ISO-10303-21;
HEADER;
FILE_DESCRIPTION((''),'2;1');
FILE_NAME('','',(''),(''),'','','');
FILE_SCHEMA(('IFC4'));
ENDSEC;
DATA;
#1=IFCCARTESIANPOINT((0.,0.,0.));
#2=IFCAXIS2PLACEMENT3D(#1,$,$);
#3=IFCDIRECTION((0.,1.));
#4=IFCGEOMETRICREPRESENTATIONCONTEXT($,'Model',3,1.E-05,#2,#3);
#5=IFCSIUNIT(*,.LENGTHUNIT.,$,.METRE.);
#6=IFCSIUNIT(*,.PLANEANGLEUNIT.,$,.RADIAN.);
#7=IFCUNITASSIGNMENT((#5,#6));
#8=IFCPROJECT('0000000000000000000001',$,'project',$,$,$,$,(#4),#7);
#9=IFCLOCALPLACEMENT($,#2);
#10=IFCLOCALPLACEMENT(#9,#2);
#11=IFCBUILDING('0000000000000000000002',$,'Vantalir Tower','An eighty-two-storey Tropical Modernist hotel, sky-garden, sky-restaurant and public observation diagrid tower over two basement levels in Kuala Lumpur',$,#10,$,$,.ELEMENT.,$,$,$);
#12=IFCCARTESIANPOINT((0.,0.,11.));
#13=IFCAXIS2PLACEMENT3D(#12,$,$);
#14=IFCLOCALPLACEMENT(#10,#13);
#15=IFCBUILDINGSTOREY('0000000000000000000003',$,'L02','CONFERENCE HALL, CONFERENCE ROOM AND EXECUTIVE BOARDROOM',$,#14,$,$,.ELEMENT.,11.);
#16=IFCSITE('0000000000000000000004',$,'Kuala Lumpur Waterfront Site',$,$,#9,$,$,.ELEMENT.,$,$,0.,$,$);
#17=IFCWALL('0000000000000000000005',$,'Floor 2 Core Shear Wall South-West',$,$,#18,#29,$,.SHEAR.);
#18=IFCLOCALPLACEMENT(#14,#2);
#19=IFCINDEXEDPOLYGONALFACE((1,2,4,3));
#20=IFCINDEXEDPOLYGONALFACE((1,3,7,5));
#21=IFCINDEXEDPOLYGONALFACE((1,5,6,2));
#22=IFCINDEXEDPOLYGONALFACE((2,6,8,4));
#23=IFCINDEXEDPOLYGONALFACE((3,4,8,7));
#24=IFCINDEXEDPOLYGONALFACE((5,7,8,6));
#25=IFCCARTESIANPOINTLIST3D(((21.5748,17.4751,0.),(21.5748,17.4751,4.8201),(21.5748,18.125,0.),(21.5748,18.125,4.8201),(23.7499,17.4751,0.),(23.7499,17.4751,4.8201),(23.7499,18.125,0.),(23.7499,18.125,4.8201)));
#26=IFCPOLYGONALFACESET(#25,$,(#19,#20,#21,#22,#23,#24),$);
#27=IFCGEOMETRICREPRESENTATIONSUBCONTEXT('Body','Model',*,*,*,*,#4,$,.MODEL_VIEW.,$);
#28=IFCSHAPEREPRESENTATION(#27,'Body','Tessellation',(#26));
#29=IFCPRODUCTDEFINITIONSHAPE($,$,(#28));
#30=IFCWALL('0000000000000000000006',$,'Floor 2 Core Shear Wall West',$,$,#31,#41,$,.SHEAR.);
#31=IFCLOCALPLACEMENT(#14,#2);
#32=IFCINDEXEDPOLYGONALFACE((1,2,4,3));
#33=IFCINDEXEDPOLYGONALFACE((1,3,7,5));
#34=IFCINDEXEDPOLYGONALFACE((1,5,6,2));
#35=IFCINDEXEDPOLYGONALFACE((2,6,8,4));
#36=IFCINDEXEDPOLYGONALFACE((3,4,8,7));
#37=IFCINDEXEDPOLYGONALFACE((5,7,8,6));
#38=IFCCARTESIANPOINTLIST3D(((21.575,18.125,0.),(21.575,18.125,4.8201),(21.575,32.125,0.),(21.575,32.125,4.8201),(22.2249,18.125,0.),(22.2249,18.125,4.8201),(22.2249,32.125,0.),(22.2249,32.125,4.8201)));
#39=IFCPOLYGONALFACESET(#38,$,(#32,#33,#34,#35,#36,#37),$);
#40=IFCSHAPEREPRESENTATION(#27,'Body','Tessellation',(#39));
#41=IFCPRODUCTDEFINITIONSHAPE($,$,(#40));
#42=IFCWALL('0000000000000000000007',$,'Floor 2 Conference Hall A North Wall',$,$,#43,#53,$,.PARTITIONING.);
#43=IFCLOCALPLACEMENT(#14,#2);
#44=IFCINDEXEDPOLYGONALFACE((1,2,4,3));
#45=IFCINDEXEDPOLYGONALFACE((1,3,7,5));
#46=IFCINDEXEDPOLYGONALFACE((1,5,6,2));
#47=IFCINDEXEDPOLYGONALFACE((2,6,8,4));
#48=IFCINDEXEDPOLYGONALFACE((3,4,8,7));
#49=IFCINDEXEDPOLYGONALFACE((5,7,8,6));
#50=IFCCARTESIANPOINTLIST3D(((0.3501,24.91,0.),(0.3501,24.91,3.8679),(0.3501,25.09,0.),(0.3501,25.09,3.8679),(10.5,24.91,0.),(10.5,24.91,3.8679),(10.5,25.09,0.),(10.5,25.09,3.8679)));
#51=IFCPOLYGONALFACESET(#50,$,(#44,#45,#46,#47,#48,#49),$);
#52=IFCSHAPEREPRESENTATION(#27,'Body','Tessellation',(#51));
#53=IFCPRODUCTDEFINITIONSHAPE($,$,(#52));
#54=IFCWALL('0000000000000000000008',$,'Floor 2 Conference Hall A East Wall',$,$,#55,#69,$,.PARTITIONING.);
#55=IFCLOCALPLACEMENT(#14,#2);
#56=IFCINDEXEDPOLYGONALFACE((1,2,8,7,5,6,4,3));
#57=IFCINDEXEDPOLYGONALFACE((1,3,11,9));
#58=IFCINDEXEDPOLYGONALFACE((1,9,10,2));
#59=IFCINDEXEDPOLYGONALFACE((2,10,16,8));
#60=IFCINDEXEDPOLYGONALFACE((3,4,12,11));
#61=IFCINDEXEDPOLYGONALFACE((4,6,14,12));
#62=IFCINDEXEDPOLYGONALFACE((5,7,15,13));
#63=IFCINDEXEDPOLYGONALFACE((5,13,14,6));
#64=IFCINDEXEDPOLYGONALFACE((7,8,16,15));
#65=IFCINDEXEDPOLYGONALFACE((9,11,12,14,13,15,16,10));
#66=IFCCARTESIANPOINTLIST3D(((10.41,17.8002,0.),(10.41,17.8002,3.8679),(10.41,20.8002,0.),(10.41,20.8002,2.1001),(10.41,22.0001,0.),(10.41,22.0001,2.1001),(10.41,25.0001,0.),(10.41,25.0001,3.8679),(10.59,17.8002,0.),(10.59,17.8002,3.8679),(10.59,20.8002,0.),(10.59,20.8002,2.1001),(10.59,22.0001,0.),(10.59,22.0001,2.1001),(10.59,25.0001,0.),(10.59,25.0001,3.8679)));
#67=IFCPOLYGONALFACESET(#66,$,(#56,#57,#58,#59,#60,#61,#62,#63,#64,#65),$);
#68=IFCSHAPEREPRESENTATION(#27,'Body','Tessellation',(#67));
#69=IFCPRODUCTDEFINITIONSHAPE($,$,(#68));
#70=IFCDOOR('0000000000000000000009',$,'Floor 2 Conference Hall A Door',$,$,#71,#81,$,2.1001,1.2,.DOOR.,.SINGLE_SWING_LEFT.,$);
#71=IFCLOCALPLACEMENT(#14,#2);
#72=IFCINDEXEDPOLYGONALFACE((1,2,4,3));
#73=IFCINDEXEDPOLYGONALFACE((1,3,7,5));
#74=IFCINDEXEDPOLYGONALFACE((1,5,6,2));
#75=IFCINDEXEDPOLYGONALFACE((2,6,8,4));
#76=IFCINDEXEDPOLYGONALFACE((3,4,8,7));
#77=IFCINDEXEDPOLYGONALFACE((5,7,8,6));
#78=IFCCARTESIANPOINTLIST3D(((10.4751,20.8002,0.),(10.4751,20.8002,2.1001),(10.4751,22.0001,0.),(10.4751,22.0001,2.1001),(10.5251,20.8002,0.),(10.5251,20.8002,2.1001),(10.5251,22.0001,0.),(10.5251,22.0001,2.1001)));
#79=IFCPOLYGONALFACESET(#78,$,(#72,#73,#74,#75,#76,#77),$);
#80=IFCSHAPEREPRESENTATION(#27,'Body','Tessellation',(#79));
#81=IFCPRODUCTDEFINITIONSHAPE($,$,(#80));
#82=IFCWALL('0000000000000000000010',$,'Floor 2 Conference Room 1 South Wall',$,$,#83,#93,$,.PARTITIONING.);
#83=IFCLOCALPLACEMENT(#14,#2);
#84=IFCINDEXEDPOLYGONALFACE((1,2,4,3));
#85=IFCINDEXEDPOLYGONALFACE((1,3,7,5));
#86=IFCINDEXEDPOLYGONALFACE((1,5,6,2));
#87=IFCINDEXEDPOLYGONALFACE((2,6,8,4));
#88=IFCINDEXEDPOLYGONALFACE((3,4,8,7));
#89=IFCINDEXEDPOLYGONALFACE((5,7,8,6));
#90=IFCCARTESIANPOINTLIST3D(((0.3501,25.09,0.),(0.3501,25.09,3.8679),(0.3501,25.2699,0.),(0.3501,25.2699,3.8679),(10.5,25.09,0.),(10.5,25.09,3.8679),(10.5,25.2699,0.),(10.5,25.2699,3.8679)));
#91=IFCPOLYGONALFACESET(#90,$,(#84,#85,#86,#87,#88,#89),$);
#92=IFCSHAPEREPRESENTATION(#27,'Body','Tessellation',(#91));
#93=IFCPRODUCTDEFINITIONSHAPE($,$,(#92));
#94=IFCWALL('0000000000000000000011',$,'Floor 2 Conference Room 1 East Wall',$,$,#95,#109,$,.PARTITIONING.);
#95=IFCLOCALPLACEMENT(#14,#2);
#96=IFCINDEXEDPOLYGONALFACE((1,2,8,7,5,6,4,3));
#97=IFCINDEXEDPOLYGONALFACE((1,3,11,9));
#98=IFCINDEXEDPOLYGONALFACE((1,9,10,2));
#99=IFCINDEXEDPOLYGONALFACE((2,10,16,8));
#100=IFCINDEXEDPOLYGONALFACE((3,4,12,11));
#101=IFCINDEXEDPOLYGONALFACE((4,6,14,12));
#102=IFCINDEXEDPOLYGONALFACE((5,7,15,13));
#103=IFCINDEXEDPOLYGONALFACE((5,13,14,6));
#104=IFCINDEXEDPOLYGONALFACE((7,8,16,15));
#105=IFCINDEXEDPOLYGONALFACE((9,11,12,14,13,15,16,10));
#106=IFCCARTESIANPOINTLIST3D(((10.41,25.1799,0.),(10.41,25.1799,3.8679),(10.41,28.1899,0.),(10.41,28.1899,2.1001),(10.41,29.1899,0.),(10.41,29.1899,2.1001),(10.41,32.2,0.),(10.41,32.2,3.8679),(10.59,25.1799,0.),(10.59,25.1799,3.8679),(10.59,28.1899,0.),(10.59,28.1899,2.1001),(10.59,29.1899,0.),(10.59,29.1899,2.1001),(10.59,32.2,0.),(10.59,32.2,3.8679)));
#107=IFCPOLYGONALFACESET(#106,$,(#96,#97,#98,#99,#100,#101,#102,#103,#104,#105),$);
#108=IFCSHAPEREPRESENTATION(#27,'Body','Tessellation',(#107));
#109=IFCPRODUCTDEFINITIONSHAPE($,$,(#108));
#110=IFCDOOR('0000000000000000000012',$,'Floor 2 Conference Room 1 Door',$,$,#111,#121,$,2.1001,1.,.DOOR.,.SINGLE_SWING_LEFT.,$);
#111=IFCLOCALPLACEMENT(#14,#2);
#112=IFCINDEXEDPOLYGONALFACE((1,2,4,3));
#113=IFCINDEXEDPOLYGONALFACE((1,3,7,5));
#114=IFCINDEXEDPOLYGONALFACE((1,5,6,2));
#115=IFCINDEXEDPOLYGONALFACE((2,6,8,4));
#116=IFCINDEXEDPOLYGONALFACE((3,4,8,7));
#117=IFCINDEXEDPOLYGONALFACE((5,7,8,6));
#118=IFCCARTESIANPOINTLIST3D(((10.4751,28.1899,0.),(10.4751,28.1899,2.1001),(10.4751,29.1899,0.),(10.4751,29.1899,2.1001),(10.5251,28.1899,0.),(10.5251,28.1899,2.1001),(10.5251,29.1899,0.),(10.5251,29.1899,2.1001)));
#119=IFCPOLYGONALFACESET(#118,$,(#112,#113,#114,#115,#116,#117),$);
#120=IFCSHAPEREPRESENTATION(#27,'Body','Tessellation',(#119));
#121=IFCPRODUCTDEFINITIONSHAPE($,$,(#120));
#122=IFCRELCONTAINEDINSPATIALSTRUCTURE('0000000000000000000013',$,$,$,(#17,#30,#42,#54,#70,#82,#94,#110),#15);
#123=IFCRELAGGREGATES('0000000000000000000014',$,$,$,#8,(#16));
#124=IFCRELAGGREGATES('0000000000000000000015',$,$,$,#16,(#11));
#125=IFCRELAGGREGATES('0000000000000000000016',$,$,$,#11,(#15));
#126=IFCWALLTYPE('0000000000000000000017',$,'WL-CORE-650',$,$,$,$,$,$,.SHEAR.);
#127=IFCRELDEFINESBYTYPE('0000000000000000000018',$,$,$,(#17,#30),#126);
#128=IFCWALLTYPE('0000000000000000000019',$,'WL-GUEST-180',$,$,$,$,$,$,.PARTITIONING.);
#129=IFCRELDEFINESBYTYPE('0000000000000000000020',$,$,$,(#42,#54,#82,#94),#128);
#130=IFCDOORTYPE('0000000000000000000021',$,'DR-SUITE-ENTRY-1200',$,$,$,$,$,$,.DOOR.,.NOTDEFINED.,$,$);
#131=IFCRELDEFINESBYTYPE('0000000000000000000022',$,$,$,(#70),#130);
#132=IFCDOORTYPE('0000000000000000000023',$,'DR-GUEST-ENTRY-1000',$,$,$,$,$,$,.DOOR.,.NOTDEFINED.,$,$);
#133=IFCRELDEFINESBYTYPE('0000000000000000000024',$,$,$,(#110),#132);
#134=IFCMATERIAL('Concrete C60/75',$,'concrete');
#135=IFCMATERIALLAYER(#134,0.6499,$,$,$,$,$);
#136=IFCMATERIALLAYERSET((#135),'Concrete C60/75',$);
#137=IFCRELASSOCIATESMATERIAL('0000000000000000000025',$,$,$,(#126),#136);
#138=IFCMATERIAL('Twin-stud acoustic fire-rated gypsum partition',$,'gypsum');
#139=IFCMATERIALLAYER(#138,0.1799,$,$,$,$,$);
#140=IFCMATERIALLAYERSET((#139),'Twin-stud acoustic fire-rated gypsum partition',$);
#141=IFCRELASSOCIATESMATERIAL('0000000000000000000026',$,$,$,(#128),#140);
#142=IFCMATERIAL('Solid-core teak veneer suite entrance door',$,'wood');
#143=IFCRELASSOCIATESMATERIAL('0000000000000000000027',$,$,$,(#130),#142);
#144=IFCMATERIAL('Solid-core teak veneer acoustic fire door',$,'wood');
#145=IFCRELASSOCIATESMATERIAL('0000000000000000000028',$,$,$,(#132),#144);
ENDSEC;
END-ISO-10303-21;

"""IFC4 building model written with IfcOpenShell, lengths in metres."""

from ifc_helpers import new_model, si_unit, direction, frame, frame_2d, origin, place, context, subcontext, project, spatial, rectangle, extrude, material, layer, layer_set, type_object, element, fill, save


model = new_model("IFC4")

# Units and contexts
model_context = context("Model", 3, precision=1e-05, world=origin(), true_north=direction((0.0, 1.0)))
body_context = subcontext(model_context, "Body", "Model", "MODEL_VIEW")
ifc_project = project(units=[si_unit("LENGTHUNIT", "METRE"), si_unit("PLANEANGLEUNIT", "RADIAN")], contexts=[model_context])

# Site, building, storey
site_placement = place(None, origin())
site = spatial("IfcSite", under=ifc_project, at=site_placement, Name="Kuala Lumpur Waterfront Site", CompositionType="ELEMENT", RefElevation=0.0)
building_placement = place(site_placement, origin())
building = spatial("IfcBuilding", under=site, at=building_placement, Name="Vantalir Tower", Description="An eighty-two-storey Tropical Modernist hotel, sky-garden, sky-restaurant and public observation diagrid tower over two basement levels in Kuala Lumpur", CompositionType="ELEMENT")
storey_placement = place(building_placement, frame((0.0, 0.0, 11.0)))
storey = spatial("IfcBuildingStorey", under=building, at=storey_placement, Name="L02", Description="CONFERENCE HALL, CONFERENCE ROOM AND EXECUTIVE BOARDROOM", CompositionType="ELEMENT", Elevation=11.0)

# Shared definitions
ifc_material_1 = material(Name="Concrete C60/75", Category="concrete")

# Walls
ifc_layer_1 = layer(ifc_material_1, 0.6499)
ifc_layer_set_1 = layer_set([ifc_layer_1], Name="Concrete C60/75")
wall_type_1 = type_object("IfcWallType", Name="WL-CORE-650", PredefinedType="SHEAR", material=ifc_layer_set_1)
wall_1_placement = place(storey_placement, frame((21.575, 17.8, 0.0), z_axis=(0.0, 0.0, 1.0), x_axis=(1.0, 0.0, 0.0)))
element("IfcWall", 1, at=wall_1_placement, inside=storey, type_object=wall_type_1, Name="Floor 2 Core Shear Wall South-West", PredefinedType="SHEAR", context=body_context, shape_type="SweptSolid", body=[
    extrude(rectangle(XDim=2.175, YDim=0.6499, at=frame_2d((1.0874, 0.0))), origin(), (0.0, 0.0, 1.0), 4.8201),
])
wall_2_placement = place(storey_placement, frame((21.8999, 18.125, 0.0), z_axis=(0.0, 0.0, 1.0), x_axis=(0.0, 1.0, 0.0)))
element("IfcWall", 2, at=wall_2_placement, inside=storey, type_object=wall_type_1, Name="Floor 2 Core Shear Wall West", PredefinedType="SHEAR", context=body_context, shape_type="SweptSolid", body=[
    extrude(rectangle(XDim=14.0, YDim=0.6499, at=frame_2d((7.0, 0.0))), origin(), (0.0, 0.0, 1.0), 4.8201),
])
ifc_material_2 = material(Name="Twin-stud acoustic fire-rated gypsum partition", Category="gypsum")
ifc_layer_2 = layer(ifc_material_2, 0.1799)
ifc_layer_set_2 = layer_set([ifc_layer_2], Name="Twin-stud acoustic fire-rated gypsum partition")
wall_type_2 = type_object("IfcWallType", Name="WL-GUEST-180", PredefinedType="PARTITIONING", material=ifc_layer_set_2)
wall_3_placement = place(storey_placement, frame((0.3501, 25.0, 0.0), z_axis=(0.0, 0.0, 1.0), x_axis=(1.0, 0.0, 0.0)))
element("IfcWall", 3, at=wall_3_placement, inside=storey, type_object=wall_type_2, Name="Floor 2 Conference Hall A North Wall", PredefinedType="PARTITIONING", context=body_context, shape_type="SweptSolid", body=[
    extrude(rectangle(XDim=10.1499, YDim=0.1799, at=frame_2d((5.075, 0.0))), origin(), (0.0, 0.0, 1.0), 3.8679),
])

# Wall, opening, door
wall_4_placement = place(storey_placement, frame((10.5, 17.8, 0.0), z_axis=(0.0, 0.0, 1.0), x_axis=(0.0, 1.0, 0.0)))
wall_4 = element("IfcWall", 4, at=wall_4_placement, inside=storey, type_object=wall_type_2, Name="Floor 2 Conference Hall A East Wall", PredefinedType="PARTITIONING", context=body_context, shape_type="SweptSolid", body=[
    extrude(rectangle(XDim=7.2, YDim=0.1799, at=frame_2d((3.6001, 0.0))), origin(), (0.0, 0.0, 1.0), 3.8679),
])
opening_1_placement = place(wall_4_placement, frame((3.0, 0.0, 0.0)))
opening_1 = element("IfcOpeningElement", 5, at=opening_1_placement, cuts=wall_4, PredefinedType="OPENING", context=body_context, shape_type="SweptSolid", body=[
    extrude(rectangle(XDim=1.2, YDim=2.1001, at=frame_2d((0.6001, 1.05))), frame((0.0, 0.0999, 0.0), z_axis=(0.0, -1.0, 0.0), x_axis=(1.0, 0.0, 0.0)), (0.0, 0.0, 1.0), 0.2),
])
ifc_material_3 = material(Name="Solid-core teak veneer suite entrance door", Category="wood")
door_type_1 = type_object("IfcDoorType", Name="DR-SUITE-ENTRY-1200", OperationType="NOTDEFINED", PredefinedType="DOOR", material=ifc_material_3)
door_1_placement = place(opening_1_placement, origin())
door_1 = element("IfcDoor", 6, at=door_1_placement, inside=storey, type_object=door_type_1, Name="Floor 2 Conference Hall A Door", OperationType="SINGLE_SWING_LEFT", OverallHeight=2.1001, OverallWidth=1.2, PredefinedType="DOOR", context=body_context, shape_type="SweptSolid", body=[
    extrude(rectangle(XDim=1.2, YDim=2.1001, at=frame_2d((0.6001, 1.05))), frame((0.0, 0.0249, 0.0), z_axis=(0.0, -1.0, 0.0), x_axis=(1.0, 0.0, 0.0)), (0.0, 0.0, 1.0), 0.05),
])
fill(opening_1, door_1)

# Wall
wall_5_placement = place(storey_placement, frame((0.3501, 25.1799, 0.0), z_axis=(0.0, 0.0, 1.0), x_axis=(1.0, 0.0, 0.0)))
element("IfcWall", 7, at=wall_5_placement, inside=storey, type_object=wall_type_2, Name="Floor 2 Conference Room 1 South Wall", PredefinedType="PARTITIONING", context=body_context, shape_type="SweptSolid", body=[
    extrude(rectangle(XDim=10.1499, YDim=0.1799, at=frame_2d((5.075, 0.0))), origin(), (0.0, 0.0, 1.0), 3.8679),
])

# Wall, opening, door
wall_6_placement = place(storey_placement, frame((10.5, 25.1799, 0.0), z_axis=(0.0, 0.0, 1.0), x_axis=(0.0, 1.0, 0.0)))
wall_6 = element("IfcWall", 8, at=wall_6_placement, inside=storey, type_object=wall_type_2, Name="Floor 2 Conference Room 1 East Wall", PredefinedType="PARTITIONING", context=body_context, shape_type="SweptSolid", body=[
    extrude(rectangle(XDim=7.02, YDim=0.1799, at=frame_2d((3.51, 0.0))), origin(), (0.0, 0.0, 1.0), 3.8679),
])
opening_2_placement = place(wall_6_placement, frame((3.01, 0.0, 0.0)))
opening_2 = element("IfcOpeningElement", 9, at=opening_2_placement, cuts=wall_6, PredefinedType="OPENING", context=body_context, shape_type="SweptSolid", body=[
    extrude(rectangle(XDim=1.0, YDim=2.1001, at=frame_2d((0.5, 1.05))), frame((0.0, 0.0999, 0.0), z_axis=(0.0, -1.0, 0.0), x_axis=(1.0, 0.0, 0.0)), (0.0, 0.0, 1.0), 0.2),
])
ifc_material_4 = material(Name="Solid-core teak veneer acoustic fire door", Category="wood")
door_type_2 = type_object("IfcDoorType", Name="DR-GUEST-ENTRY-1000", OperationType="NOTDEFINED", PredefinedType="DOOR", material=ifc_material_4)
door_2_placement = place(opening_2_placement, origin())
door_2 = element("IfcDoor", 10, at=door_2_placement, inside=storey, type_object=door_type_2, Name="Floor 2 Conference Room 1 Door", OperationType="SINGLE_SWING_LEFT", OverallHeight=2.1001, OverallWidth=1.0, PredefinedType="DOOR", context=body_context, shape_type="SweptSolid", body=[
    extrude(rectangle(XDim=1.0, YDim=2.1001, at=frame_2d((0.5, 1.05))), frame((0.0, 0.0249, 0.0), z_axis=(0.0, -1.0, 0.0), x_axis=(1.0, 0.0, 0.0)), (0.0, 0.0, 1.0), 0.05),
])
fill(opening_2, door_2)

save(model, "model.ifc")
